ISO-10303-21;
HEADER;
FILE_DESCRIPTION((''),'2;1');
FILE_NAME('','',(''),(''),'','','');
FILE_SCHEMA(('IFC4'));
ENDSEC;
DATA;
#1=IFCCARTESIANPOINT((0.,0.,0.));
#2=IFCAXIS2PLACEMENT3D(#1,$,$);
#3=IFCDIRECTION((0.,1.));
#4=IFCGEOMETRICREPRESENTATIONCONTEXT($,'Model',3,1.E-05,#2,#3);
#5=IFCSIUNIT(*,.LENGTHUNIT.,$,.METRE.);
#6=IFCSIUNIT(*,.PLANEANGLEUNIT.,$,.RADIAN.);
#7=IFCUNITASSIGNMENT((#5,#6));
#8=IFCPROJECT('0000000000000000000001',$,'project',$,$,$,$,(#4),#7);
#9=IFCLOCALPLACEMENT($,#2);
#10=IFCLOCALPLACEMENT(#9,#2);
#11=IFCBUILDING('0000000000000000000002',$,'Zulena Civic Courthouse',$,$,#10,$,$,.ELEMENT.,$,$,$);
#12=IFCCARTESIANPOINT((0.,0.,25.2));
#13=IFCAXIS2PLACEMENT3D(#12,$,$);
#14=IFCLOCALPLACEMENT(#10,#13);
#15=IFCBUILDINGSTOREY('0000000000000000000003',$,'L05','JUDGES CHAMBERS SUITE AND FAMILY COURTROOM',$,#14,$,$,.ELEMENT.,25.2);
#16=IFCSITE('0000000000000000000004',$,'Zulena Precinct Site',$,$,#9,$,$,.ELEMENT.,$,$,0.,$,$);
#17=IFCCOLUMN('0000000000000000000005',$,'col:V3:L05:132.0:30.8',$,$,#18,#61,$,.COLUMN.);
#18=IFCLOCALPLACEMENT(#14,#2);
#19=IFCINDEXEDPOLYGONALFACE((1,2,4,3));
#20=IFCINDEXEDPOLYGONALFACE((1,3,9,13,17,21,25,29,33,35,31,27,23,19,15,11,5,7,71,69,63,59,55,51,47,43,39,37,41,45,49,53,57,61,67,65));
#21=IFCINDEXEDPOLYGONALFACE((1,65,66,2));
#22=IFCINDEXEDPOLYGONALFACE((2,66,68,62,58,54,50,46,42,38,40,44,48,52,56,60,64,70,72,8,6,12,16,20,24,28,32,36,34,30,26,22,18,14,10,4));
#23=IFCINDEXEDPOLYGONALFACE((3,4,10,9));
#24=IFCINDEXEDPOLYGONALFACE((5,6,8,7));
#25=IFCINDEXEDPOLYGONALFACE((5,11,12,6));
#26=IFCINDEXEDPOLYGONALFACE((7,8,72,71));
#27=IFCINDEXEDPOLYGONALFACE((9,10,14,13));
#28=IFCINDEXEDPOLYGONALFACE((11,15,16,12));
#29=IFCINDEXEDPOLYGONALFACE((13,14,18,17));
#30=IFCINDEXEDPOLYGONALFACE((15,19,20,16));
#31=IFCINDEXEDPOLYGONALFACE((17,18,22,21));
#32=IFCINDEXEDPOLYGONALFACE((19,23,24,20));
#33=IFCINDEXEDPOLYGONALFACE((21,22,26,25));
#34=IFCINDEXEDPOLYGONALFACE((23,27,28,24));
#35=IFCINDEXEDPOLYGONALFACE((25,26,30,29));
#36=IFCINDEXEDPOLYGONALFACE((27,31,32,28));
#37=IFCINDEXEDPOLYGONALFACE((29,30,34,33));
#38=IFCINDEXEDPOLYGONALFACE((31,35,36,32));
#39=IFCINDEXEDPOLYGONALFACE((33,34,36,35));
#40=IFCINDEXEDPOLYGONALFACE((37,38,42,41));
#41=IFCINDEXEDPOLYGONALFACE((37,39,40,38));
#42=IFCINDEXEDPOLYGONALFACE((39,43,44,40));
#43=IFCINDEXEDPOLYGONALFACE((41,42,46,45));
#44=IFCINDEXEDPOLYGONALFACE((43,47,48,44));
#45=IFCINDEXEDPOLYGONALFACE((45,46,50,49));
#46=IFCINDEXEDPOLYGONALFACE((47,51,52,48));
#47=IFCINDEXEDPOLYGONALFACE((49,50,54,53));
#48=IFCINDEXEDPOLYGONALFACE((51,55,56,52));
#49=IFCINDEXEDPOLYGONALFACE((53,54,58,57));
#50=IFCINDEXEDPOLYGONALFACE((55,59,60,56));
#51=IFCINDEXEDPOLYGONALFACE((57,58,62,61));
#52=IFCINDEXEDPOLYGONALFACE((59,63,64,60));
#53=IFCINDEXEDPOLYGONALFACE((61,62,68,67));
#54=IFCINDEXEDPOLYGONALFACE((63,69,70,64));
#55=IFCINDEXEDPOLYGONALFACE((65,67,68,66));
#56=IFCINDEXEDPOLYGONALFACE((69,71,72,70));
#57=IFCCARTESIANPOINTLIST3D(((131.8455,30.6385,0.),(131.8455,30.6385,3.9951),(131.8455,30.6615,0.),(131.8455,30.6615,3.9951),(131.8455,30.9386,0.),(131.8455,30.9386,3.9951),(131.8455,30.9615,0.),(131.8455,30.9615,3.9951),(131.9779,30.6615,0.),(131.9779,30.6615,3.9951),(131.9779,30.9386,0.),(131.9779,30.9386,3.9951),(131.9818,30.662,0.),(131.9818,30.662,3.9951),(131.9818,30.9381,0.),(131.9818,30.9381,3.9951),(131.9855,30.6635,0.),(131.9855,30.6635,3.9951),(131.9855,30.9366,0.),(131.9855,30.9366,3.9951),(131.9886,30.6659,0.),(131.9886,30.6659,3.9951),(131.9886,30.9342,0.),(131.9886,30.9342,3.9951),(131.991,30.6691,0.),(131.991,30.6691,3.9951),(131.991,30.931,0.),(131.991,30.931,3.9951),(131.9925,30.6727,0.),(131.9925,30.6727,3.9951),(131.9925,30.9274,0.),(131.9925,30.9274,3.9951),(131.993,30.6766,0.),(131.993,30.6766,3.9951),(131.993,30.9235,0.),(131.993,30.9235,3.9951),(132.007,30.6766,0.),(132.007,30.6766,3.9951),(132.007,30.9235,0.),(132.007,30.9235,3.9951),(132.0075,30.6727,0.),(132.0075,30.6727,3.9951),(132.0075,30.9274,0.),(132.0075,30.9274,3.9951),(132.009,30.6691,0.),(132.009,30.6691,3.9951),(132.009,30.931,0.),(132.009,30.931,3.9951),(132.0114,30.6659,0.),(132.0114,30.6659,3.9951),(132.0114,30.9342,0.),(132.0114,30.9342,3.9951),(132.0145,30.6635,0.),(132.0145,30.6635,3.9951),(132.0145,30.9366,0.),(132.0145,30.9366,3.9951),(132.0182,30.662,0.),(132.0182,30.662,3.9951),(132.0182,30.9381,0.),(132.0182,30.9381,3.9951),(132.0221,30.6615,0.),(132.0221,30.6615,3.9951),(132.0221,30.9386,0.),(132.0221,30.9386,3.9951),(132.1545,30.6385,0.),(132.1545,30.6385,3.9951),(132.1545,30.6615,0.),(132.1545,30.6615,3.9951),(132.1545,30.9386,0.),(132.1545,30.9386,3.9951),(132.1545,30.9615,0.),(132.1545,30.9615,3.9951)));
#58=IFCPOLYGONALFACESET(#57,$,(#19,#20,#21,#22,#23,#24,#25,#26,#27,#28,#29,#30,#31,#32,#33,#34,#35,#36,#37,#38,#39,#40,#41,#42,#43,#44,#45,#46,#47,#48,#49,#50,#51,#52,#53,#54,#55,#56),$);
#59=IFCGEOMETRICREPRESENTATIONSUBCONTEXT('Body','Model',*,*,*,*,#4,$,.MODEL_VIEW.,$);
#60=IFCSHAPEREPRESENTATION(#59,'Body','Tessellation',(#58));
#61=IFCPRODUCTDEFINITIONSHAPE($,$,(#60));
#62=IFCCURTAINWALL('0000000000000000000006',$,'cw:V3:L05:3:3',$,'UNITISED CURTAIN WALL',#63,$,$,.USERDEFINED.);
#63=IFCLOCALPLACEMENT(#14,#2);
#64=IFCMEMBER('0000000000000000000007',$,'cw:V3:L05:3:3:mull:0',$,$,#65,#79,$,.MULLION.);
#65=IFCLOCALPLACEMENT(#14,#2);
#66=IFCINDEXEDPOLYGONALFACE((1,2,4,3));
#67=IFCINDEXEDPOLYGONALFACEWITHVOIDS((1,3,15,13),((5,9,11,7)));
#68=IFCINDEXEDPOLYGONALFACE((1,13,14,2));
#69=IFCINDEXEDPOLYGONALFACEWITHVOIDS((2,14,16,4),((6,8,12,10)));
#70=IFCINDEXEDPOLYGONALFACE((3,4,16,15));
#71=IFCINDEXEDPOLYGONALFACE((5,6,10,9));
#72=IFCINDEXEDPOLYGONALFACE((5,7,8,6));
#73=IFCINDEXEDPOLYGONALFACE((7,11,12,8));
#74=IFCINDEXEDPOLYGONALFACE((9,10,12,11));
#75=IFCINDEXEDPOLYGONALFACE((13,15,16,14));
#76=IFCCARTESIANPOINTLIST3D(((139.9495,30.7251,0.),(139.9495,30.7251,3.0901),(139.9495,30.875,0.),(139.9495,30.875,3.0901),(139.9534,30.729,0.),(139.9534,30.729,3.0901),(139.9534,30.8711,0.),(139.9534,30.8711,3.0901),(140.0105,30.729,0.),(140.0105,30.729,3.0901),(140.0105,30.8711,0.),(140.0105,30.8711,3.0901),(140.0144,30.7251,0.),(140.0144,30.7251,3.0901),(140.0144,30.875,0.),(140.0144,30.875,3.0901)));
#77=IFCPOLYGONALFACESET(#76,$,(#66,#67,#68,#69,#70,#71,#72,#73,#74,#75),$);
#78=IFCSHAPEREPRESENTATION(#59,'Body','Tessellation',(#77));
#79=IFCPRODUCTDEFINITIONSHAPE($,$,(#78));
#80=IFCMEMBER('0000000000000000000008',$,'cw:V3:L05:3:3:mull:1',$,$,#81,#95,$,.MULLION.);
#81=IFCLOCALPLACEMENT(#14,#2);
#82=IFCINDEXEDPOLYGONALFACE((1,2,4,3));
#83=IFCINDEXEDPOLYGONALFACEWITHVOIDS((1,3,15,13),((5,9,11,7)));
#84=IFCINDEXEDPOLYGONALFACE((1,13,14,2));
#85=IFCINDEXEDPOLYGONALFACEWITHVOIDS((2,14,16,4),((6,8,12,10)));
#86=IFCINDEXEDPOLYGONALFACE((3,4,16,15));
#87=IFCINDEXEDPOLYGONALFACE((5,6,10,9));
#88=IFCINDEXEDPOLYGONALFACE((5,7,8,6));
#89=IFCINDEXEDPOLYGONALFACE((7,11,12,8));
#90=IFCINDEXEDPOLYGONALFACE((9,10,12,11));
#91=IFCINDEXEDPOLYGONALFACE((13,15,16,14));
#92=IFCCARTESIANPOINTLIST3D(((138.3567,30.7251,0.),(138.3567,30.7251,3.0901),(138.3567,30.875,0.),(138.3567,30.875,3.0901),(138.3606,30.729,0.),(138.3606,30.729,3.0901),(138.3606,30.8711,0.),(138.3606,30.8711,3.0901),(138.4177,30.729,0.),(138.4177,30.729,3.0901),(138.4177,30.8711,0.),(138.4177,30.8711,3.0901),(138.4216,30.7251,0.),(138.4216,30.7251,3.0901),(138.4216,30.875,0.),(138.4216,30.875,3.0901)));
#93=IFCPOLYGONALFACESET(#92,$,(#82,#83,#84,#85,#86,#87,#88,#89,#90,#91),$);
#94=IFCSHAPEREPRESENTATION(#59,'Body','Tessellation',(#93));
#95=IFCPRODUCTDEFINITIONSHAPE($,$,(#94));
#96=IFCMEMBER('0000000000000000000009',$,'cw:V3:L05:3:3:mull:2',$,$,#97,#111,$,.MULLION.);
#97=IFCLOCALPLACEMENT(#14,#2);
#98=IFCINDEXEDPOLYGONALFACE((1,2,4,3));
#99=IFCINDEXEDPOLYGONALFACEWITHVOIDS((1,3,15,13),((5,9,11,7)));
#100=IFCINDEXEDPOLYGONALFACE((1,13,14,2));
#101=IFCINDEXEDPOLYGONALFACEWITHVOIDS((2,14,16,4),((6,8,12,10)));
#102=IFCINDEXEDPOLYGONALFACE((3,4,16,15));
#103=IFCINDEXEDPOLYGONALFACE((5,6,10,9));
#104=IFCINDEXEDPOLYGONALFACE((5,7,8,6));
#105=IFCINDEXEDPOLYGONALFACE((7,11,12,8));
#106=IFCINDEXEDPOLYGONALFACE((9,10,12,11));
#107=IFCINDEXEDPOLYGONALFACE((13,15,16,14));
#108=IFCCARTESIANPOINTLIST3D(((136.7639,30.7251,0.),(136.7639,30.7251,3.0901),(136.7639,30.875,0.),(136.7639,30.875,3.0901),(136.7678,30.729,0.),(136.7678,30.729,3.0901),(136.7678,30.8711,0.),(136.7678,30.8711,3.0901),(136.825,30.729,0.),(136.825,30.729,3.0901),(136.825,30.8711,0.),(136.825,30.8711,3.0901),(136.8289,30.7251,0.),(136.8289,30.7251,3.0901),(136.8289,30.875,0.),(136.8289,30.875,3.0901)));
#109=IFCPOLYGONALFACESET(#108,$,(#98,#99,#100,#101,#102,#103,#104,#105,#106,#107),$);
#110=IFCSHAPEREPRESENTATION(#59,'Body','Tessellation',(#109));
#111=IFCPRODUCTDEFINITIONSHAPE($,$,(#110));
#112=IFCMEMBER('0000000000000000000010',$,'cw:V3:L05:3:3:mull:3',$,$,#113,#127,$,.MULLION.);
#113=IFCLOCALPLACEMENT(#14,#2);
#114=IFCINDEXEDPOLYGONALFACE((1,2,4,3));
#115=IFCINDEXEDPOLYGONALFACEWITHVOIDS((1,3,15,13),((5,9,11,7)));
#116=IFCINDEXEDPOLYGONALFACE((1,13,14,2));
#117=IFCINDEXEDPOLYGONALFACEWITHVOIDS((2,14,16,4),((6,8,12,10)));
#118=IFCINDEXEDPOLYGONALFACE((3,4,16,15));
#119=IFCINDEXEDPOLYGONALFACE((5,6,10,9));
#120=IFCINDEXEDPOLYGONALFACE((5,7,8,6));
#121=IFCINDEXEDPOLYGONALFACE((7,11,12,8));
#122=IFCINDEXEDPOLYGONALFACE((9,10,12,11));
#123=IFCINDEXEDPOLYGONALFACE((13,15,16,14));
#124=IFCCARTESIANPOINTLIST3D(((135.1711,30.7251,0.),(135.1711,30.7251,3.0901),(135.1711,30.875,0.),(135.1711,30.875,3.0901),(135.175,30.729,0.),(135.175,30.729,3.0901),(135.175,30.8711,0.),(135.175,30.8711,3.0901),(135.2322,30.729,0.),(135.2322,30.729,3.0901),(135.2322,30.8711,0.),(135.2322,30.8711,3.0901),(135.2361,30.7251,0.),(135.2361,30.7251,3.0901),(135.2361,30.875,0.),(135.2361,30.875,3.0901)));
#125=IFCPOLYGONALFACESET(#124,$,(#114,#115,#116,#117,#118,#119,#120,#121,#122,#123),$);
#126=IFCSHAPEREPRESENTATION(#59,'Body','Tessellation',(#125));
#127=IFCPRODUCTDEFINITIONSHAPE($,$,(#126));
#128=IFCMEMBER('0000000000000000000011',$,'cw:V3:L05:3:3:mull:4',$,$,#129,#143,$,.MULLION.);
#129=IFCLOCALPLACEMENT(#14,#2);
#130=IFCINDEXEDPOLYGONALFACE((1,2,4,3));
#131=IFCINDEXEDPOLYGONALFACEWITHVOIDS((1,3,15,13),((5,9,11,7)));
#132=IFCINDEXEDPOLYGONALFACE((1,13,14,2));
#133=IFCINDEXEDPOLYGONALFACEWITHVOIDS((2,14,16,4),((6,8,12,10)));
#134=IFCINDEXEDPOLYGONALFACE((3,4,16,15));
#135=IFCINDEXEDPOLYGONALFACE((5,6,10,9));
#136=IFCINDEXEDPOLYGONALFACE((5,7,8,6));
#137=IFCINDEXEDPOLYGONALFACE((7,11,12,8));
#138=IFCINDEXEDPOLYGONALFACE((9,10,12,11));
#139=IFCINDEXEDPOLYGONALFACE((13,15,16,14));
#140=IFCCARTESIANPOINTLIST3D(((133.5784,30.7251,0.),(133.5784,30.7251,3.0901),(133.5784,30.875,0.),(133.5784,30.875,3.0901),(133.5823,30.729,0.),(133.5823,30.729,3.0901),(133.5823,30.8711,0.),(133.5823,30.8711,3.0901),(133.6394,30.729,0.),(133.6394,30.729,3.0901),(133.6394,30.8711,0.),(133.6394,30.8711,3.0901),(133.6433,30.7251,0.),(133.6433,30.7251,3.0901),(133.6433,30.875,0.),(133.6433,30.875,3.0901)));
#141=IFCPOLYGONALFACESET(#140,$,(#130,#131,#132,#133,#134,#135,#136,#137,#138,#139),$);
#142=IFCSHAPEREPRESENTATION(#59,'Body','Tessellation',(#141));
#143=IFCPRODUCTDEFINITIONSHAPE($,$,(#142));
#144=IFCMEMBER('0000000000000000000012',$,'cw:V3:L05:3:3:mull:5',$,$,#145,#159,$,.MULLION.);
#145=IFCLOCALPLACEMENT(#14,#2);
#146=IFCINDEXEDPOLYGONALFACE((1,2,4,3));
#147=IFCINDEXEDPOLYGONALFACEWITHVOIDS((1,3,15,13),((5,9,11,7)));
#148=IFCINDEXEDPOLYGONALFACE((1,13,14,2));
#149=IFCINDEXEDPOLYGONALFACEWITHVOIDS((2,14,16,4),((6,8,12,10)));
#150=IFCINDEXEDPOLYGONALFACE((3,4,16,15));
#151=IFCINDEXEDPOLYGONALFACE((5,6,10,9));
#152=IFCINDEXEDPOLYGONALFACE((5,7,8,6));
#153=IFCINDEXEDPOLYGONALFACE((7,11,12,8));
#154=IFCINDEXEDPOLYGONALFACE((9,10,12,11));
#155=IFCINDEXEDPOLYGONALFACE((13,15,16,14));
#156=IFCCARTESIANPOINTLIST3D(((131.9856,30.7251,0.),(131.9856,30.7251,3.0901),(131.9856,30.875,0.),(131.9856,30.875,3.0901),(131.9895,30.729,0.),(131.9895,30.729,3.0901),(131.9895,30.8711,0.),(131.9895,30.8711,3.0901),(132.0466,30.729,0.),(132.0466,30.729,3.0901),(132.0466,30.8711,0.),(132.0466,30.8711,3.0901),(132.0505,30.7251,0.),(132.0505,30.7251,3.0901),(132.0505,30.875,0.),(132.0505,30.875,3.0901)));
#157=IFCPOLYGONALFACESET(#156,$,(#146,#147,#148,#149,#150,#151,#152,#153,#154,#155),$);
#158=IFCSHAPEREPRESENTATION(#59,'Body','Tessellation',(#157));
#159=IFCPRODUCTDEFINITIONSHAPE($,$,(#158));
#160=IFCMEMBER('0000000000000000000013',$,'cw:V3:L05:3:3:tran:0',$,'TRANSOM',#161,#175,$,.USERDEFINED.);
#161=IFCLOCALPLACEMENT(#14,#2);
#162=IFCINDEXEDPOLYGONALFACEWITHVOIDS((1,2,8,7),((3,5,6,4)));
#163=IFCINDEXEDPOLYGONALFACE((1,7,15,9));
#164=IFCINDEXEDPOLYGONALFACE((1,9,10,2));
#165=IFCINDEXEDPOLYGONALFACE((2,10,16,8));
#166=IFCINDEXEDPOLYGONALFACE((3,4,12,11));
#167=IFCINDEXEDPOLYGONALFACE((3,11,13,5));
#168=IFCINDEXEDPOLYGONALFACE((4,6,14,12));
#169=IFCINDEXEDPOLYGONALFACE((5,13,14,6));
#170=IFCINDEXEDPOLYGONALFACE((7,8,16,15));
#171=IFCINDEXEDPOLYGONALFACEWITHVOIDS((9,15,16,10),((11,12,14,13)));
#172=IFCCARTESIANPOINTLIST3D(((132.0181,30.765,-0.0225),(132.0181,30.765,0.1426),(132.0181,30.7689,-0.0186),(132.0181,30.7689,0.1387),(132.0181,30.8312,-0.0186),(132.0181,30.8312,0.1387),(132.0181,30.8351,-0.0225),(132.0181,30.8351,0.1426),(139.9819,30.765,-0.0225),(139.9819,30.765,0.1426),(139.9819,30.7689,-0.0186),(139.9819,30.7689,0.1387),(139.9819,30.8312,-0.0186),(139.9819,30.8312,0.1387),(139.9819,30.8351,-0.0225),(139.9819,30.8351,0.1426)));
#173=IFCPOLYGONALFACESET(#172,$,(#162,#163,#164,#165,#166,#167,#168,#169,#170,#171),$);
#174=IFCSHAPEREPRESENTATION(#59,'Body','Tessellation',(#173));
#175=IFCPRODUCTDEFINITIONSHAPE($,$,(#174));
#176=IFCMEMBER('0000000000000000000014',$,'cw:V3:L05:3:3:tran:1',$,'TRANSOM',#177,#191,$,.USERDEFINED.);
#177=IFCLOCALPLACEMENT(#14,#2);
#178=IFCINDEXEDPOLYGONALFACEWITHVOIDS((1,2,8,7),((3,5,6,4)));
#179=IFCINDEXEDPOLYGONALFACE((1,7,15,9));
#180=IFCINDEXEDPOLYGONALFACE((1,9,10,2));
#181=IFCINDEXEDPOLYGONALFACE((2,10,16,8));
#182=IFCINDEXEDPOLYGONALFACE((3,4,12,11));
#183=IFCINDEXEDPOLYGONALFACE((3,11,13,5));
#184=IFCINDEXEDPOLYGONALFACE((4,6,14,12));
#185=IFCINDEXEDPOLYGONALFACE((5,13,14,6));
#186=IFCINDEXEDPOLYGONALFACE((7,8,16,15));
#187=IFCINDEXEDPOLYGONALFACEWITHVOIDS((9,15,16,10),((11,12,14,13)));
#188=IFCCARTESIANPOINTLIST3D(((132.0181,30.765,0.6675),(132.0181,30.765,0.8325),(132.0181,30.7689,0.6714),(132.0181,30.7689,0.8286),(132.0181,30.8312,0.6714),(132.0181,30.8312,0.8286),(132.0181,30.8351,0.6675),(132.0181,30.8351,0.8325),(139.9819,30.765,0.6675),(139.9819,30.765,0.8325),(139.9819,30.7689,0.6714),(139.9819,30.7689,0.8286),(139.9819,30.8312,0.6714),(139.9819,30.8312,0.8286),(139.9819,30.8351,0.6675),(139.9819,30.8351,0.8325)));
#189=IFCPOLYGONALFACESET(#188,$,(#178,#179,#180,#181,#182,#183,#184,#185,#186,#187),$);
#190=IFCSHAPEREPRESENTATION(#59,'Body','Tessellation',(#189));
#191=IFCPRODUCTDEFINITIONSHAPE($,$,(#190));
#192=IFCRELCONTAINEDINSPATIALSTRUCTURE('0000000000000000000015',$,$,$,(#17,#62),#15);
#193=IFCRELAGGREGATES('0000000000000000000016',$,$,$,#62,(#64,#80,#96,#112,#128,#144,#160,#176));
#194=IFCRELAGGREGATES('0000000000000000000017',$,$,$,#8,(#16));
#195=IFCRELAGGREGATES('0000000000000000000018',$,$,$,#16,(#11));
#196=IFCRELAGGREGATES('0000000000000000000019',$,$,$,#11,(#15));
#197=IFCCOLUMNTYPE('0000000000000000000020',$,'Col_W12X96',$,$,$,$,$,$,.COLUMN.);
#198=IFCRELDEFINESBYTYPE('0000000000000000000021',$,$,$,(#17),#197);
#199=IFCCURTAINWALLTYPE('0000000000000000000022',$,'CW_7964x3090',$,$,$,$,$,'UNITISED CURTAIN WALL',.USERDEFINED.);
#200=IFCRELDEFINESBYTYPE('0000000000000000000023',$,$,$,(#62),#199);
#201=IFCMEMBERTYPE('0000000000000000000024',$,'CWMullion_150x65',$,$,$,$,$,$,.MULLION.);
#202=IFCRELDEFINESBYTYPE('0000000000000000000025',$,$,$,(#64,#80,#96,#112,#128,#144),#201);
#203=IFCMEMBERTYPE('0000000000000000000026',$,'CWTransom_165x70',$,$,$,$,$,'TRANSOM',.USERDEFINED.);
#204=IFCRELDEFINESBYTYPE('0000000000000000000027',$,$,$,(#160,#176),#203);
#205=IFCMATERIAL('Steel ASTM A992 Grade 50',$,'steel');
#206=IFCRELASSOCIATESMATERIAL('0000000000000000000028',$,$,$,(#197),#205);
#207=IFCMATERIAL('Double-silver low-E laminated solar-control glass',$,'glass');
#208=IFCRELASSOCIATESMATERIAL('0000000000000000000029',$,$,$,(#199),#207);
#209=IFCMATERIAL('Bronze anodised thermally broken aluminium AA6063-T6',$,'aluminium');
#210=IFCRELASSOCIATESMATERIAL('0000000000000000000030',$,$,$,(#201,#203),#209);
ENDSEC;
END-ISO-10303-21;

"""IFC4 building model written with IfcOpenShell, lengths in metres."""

from ifc_helpers import new_model, si_unit, direction, frame, origin, origin_2d, place, context, subcontext, project, spatial, hollow_rectangle, i_section, extrude, material, material_profile, profile_set, type_object, element, aggregate, save


model = new_model("IFC4")

# Units and contexts
model_context = context("Model", 3, precision=1e-05, world=origin(), true_north=direction((0.0, 1.0)))
body_context = subcontext(model_context, "Body", "Model", "MODEL_VIEW")
ifc_project = project(units=[si_unit("LENGTHUNIT", "METRE"), si_unit("PLANEANGLEUNIT", "RADIAN")], contexts=[model_context])

# Site, building, storey
site_placement = place(None, origin())
site = spatial("IfcSite", under=ifc_project, at=site_placement, Name="Zulena Precinct Site", CompositionType="ELEMENT", RefElevation=0.0)
building_placement = place(site_placement, origin())
building = spatial("IfcBuilding", under=site, at=building_placement, Name="Zulena Civic Courthouse", CompositionType="ELEMENT")
storey_placement = place(building_placement, frame((0.0, 0.0, 25.2)))
storey = spatial("IfcBuildingStorey", under=building, at=storey_placement, Name="L05", Description="JUDGES CHAMBERS SUITE AND FAMILY COURTROOM", CompositionType="ELEMENT", Elevation=25.2)

# Column
ifc_material_1 = material(Name="Steel ASTM A992 Grade 50", Category="steel")
ifc_material_profile_1 = material_profile(ifc_material_1, i_section(OverallWidth=0.3091, OverallDepth=0.323, WebThickness=0.0139, FlangeThickness=0.0229, FilletRadius=0.0151, at=origin_2d()), Name="W12X96")
ifc_profile_set_1 = profile_set([ifc_material_profile_1], Name="Steel ASTM A992 Grade 50")
column_type = type_object("IfcColumnType", Name="Col_W12X96", PredefinedType="COLUMN", material=ifc_profile_set_1)
column_placement = place(storey_placement, frame((132.0, 30.8, 0.0), z_axis=(0.0, 0.0, 1.0), x_axis=(1.0, 0.0, 0.0)))
element("IfcColumn", 1, at=column_placement, inside=storey, type_object=column_type, Name="col:V3:L05:132.0:30.8", PredefinedType="COLUMN", context=body_context, shape_type="SweptSolid", body=[
    extrude(i_section(OverallWidth=0.3091, OverallDepth=0.323, WebThickness=0.0139, FlangeThickness=0.0229, FilletRadius=0.0151, at=origin_2d()), origin(), (0.0, 0.0, 1.0), 3.9951),
])

# Curtain wall, members
ifc_material_2 = material(Name="Double-silver low-E laminated solar-control glass", Category="glass")
curtain_wall_type = type_object("IfcCurtainWallType", Name="CW_7964x3090", ElementType="UNITISED CURTAIN WALL", PredefinedType="USERDEFINED", material=ifc_material_2)
curtain_wall_placement = place(storey_placement, origin())
curtain_wall = element("IfcCurtainWall", 2, at=curtain_wall_placement, inside=storey, type_object=curtain_wall_type, Name="cw:V3:L05:3:3", ObjectType="UNITISED CURTAIN WALL", PredefinedType="USERDEFINED")
ifc_material_3 = material(Name="Bronze anodised thermally broken aluminium AA6063-T6", Category="aluminium")
ifc_material_profile_2 = material_profile(ifc_material_3, hollow_rectangle(XDim=0.0649, YDim=0.1499, WallThickness=0.0039, at=origin_2d()), Name="CWM150X65X4")
ifc_profile_set_2 = profile_set([ifc_material_profile_2], Name="Bronze anodised thermally broken aluminium AA6063-T6")
member_type_1 = type_object("IfcMemberType", Name="CWMullion_150x65", PredefinedType="MULLION", material=ifc_profile_set_2)
member_1_placement = place(storey_placement, frame((139.9819, 30.8, 0.0), z_axis=(0.0, 0.0, 1.0), x_axis=(1.0, 0.0, 0.0)))
member_1 = element("IfcMember", 3, at=member_1_placement, type_object=member_type_1, Name="cw:V3:L05:3:3:mull:0", PredefinedType="MULLION", context=body_context, shape_type="SweptSolid", body=[
    extrude(hollow_rectangle(XDim=0.0649, YDim=0.1499, WallThickness=0.0039, at=origin_2d()), origin(), (0.0, 0.0, 1.0), 3.0901),
])
member_2_placement = place(storey_placement, frame((138.3892, 30.8, 0.0), z_axis=(0.0, 0.0, 1.0), x_axis=(1.0, 0.0, 0.0)))
member_2 = element("IfcMember", 4, at=member_2_placement, type_object=member_type_1, Name="cw:V3:L05:3:3:mull:1", PredefinedType="MULLION", context=body_context, shape_type="SweptSolid", body=[
    extrude(hollow_rectangle(XDim=0.0649, YDim=0.1499, WallThickness=0.0039, at=origin_2d()), origin(), (0.0, 0.0, 1.0), 3.0901),
])
member_3_placement = place(storey_placement, frame((136.7964, 30.8, 0.0), z_axis=(0.0, 0.0, 1.0), x_axis=(1.0, 0.0, 0.0)))
member_3 = element("IfcMember", 5, at=member_3_placement, type_object=member_type_1, Name="cw:V3:L05:3:3:mull:2", PredefinedType="MULLION", context=body_context, shape_type="SweptSolid", body=[
    extrude(hollow_rectangle(XDim=0.0649, YDim=0.1499, WallThickness=0.0039, at=origin_2d()), origin(), (0.0, 0.0, 1.0), 3.0901),
])
member_4_placement = place(storey_placement, frame((135.2036, 30.8, 0.0), z_axis=(0.0, 0.0, 1.0), x_axis=(1.0, 0.0, 0.0)))
member_4 = element("IfcMember", 6, at=member_4_placement, type_object=member_type_1, Name="cw:V3:L05:3:3:mull:3", PredefinedType="MULLION", context=body_context, shape_type="SweptSolid", body=[
    extrude(hollow_rectangle(XDim=0.0649, YDim=0.1499, WallThickness=0.0039, at=origin_2d()), origin(), (0.0, 0.0, 1.0), 3.0901),
])
member_5_placement = place(storey_placement, frame((133.6108, 30.8, 0.0), z_axis=(0.0, 0.0, 1.0), x_axis=(1.0, 0.0, 0.0)))
member_5 = element("IfcMember", 7, at=member_5_placement, type_object=member_type_1, Name="cw:V3:L05:3:3:mull:4", PredefinedType="MULLION", context=body_context, shape_type="SweptSolid", body=[
    extrude(hollow_rectangle(XDim=0.0649, YDim=0.1499, WallThickness=0.0039, at=origin_2d()), origin(), (0.0, 0.0, 1.0), 3.0901),
])
member_6_placement = place(storey_placement, frame((132.0181, 30.8, 0.0), z_axis=(0.0, 0.0, 1.0), x_axis=(1.0, 0.0, 0.0)))
member_6 = element("IfcMember", 8, at=member_6_placement, type_object=member_type_1, Name="cw:V3:L05:3:3:mull:5", PredefinedType="MULLION", context=body_context, shape_type="SweptSolid", body=[
    extrude(hollow_rectangle(XDim=0.0649, YDim=0.1499, WallThickness=0.0039, at=origin_2d()), origin(), (0.0, 0.0, 1.0), 3.0901),
])
ifc_material_profile_3 = material_profile(ifc_material_3, hollow_rectangle(XDim=0.0701, YDim=0.165, WallThickness=0.0039, at=origin_2d()), Name="CWT165X70X4")
ifc_profile_set_3 = profile_set([ifc_material_profile_3], Name="Bronze anodised thermally broken aluminium AA6063-T6")
member_type_2 = type_object("IfcMemberType", Name="CWTransom_165x70", ElementType="TRANSOM", PredefinedType="USERDEFINED", material=ifc_profile_set_3)
member_7_placement = place(storey_placement, frame((139.9819, 30.8, 0.0601), z_axis=(-1.0, 0.0, 0.0), x_axis=(0.0, -1.0, 0.0)))
member_7 = element("IfcMember", 9, at=member_7_placement, type_object=member_type_2, Name="cw:V3:L05:3:3:tran:0", ObjectType="TRANSOM", PredefinedType="USERDEFINED", context=body_context, shape_type="SweptSolid", body=[
    extrude(hollow_rectangle(XDim=0.0701, YDim=0.165, WallThickness=0.0039, at=origin_2d()), origin(), (0.0, 0.0, 1.0), 7.9639),
])
member_8_placement = place(storey_placement, frame((139.9819, 30.8, 0.75), z_axis=(-1.0, 0.0, 0.0), x_axis=(0.0, -1.0, 0.0)))
member_8 = element("IfcMember", 10, at=member_8_placement, type_object=member_type_2, Name="cw:V3:L05:3:3:tran:1", ObjectType="TRANSOM", PredefinedType="USERDEFINED", context=body_context, shape_type="SweptSolid", body=[
    extrude(hollow_rectangle(XDim=0.0701, YDim=0.165, WallThickness=0.0039, at=origin_2d()), origin(), (0.0, 0.0, 1.0), 7.9639),
])

aggregate(curtain_wall, [member_1, member_2, member_3, member_4, member_5, member_6, member_7, member_8])

save(model, "model.ifc")
